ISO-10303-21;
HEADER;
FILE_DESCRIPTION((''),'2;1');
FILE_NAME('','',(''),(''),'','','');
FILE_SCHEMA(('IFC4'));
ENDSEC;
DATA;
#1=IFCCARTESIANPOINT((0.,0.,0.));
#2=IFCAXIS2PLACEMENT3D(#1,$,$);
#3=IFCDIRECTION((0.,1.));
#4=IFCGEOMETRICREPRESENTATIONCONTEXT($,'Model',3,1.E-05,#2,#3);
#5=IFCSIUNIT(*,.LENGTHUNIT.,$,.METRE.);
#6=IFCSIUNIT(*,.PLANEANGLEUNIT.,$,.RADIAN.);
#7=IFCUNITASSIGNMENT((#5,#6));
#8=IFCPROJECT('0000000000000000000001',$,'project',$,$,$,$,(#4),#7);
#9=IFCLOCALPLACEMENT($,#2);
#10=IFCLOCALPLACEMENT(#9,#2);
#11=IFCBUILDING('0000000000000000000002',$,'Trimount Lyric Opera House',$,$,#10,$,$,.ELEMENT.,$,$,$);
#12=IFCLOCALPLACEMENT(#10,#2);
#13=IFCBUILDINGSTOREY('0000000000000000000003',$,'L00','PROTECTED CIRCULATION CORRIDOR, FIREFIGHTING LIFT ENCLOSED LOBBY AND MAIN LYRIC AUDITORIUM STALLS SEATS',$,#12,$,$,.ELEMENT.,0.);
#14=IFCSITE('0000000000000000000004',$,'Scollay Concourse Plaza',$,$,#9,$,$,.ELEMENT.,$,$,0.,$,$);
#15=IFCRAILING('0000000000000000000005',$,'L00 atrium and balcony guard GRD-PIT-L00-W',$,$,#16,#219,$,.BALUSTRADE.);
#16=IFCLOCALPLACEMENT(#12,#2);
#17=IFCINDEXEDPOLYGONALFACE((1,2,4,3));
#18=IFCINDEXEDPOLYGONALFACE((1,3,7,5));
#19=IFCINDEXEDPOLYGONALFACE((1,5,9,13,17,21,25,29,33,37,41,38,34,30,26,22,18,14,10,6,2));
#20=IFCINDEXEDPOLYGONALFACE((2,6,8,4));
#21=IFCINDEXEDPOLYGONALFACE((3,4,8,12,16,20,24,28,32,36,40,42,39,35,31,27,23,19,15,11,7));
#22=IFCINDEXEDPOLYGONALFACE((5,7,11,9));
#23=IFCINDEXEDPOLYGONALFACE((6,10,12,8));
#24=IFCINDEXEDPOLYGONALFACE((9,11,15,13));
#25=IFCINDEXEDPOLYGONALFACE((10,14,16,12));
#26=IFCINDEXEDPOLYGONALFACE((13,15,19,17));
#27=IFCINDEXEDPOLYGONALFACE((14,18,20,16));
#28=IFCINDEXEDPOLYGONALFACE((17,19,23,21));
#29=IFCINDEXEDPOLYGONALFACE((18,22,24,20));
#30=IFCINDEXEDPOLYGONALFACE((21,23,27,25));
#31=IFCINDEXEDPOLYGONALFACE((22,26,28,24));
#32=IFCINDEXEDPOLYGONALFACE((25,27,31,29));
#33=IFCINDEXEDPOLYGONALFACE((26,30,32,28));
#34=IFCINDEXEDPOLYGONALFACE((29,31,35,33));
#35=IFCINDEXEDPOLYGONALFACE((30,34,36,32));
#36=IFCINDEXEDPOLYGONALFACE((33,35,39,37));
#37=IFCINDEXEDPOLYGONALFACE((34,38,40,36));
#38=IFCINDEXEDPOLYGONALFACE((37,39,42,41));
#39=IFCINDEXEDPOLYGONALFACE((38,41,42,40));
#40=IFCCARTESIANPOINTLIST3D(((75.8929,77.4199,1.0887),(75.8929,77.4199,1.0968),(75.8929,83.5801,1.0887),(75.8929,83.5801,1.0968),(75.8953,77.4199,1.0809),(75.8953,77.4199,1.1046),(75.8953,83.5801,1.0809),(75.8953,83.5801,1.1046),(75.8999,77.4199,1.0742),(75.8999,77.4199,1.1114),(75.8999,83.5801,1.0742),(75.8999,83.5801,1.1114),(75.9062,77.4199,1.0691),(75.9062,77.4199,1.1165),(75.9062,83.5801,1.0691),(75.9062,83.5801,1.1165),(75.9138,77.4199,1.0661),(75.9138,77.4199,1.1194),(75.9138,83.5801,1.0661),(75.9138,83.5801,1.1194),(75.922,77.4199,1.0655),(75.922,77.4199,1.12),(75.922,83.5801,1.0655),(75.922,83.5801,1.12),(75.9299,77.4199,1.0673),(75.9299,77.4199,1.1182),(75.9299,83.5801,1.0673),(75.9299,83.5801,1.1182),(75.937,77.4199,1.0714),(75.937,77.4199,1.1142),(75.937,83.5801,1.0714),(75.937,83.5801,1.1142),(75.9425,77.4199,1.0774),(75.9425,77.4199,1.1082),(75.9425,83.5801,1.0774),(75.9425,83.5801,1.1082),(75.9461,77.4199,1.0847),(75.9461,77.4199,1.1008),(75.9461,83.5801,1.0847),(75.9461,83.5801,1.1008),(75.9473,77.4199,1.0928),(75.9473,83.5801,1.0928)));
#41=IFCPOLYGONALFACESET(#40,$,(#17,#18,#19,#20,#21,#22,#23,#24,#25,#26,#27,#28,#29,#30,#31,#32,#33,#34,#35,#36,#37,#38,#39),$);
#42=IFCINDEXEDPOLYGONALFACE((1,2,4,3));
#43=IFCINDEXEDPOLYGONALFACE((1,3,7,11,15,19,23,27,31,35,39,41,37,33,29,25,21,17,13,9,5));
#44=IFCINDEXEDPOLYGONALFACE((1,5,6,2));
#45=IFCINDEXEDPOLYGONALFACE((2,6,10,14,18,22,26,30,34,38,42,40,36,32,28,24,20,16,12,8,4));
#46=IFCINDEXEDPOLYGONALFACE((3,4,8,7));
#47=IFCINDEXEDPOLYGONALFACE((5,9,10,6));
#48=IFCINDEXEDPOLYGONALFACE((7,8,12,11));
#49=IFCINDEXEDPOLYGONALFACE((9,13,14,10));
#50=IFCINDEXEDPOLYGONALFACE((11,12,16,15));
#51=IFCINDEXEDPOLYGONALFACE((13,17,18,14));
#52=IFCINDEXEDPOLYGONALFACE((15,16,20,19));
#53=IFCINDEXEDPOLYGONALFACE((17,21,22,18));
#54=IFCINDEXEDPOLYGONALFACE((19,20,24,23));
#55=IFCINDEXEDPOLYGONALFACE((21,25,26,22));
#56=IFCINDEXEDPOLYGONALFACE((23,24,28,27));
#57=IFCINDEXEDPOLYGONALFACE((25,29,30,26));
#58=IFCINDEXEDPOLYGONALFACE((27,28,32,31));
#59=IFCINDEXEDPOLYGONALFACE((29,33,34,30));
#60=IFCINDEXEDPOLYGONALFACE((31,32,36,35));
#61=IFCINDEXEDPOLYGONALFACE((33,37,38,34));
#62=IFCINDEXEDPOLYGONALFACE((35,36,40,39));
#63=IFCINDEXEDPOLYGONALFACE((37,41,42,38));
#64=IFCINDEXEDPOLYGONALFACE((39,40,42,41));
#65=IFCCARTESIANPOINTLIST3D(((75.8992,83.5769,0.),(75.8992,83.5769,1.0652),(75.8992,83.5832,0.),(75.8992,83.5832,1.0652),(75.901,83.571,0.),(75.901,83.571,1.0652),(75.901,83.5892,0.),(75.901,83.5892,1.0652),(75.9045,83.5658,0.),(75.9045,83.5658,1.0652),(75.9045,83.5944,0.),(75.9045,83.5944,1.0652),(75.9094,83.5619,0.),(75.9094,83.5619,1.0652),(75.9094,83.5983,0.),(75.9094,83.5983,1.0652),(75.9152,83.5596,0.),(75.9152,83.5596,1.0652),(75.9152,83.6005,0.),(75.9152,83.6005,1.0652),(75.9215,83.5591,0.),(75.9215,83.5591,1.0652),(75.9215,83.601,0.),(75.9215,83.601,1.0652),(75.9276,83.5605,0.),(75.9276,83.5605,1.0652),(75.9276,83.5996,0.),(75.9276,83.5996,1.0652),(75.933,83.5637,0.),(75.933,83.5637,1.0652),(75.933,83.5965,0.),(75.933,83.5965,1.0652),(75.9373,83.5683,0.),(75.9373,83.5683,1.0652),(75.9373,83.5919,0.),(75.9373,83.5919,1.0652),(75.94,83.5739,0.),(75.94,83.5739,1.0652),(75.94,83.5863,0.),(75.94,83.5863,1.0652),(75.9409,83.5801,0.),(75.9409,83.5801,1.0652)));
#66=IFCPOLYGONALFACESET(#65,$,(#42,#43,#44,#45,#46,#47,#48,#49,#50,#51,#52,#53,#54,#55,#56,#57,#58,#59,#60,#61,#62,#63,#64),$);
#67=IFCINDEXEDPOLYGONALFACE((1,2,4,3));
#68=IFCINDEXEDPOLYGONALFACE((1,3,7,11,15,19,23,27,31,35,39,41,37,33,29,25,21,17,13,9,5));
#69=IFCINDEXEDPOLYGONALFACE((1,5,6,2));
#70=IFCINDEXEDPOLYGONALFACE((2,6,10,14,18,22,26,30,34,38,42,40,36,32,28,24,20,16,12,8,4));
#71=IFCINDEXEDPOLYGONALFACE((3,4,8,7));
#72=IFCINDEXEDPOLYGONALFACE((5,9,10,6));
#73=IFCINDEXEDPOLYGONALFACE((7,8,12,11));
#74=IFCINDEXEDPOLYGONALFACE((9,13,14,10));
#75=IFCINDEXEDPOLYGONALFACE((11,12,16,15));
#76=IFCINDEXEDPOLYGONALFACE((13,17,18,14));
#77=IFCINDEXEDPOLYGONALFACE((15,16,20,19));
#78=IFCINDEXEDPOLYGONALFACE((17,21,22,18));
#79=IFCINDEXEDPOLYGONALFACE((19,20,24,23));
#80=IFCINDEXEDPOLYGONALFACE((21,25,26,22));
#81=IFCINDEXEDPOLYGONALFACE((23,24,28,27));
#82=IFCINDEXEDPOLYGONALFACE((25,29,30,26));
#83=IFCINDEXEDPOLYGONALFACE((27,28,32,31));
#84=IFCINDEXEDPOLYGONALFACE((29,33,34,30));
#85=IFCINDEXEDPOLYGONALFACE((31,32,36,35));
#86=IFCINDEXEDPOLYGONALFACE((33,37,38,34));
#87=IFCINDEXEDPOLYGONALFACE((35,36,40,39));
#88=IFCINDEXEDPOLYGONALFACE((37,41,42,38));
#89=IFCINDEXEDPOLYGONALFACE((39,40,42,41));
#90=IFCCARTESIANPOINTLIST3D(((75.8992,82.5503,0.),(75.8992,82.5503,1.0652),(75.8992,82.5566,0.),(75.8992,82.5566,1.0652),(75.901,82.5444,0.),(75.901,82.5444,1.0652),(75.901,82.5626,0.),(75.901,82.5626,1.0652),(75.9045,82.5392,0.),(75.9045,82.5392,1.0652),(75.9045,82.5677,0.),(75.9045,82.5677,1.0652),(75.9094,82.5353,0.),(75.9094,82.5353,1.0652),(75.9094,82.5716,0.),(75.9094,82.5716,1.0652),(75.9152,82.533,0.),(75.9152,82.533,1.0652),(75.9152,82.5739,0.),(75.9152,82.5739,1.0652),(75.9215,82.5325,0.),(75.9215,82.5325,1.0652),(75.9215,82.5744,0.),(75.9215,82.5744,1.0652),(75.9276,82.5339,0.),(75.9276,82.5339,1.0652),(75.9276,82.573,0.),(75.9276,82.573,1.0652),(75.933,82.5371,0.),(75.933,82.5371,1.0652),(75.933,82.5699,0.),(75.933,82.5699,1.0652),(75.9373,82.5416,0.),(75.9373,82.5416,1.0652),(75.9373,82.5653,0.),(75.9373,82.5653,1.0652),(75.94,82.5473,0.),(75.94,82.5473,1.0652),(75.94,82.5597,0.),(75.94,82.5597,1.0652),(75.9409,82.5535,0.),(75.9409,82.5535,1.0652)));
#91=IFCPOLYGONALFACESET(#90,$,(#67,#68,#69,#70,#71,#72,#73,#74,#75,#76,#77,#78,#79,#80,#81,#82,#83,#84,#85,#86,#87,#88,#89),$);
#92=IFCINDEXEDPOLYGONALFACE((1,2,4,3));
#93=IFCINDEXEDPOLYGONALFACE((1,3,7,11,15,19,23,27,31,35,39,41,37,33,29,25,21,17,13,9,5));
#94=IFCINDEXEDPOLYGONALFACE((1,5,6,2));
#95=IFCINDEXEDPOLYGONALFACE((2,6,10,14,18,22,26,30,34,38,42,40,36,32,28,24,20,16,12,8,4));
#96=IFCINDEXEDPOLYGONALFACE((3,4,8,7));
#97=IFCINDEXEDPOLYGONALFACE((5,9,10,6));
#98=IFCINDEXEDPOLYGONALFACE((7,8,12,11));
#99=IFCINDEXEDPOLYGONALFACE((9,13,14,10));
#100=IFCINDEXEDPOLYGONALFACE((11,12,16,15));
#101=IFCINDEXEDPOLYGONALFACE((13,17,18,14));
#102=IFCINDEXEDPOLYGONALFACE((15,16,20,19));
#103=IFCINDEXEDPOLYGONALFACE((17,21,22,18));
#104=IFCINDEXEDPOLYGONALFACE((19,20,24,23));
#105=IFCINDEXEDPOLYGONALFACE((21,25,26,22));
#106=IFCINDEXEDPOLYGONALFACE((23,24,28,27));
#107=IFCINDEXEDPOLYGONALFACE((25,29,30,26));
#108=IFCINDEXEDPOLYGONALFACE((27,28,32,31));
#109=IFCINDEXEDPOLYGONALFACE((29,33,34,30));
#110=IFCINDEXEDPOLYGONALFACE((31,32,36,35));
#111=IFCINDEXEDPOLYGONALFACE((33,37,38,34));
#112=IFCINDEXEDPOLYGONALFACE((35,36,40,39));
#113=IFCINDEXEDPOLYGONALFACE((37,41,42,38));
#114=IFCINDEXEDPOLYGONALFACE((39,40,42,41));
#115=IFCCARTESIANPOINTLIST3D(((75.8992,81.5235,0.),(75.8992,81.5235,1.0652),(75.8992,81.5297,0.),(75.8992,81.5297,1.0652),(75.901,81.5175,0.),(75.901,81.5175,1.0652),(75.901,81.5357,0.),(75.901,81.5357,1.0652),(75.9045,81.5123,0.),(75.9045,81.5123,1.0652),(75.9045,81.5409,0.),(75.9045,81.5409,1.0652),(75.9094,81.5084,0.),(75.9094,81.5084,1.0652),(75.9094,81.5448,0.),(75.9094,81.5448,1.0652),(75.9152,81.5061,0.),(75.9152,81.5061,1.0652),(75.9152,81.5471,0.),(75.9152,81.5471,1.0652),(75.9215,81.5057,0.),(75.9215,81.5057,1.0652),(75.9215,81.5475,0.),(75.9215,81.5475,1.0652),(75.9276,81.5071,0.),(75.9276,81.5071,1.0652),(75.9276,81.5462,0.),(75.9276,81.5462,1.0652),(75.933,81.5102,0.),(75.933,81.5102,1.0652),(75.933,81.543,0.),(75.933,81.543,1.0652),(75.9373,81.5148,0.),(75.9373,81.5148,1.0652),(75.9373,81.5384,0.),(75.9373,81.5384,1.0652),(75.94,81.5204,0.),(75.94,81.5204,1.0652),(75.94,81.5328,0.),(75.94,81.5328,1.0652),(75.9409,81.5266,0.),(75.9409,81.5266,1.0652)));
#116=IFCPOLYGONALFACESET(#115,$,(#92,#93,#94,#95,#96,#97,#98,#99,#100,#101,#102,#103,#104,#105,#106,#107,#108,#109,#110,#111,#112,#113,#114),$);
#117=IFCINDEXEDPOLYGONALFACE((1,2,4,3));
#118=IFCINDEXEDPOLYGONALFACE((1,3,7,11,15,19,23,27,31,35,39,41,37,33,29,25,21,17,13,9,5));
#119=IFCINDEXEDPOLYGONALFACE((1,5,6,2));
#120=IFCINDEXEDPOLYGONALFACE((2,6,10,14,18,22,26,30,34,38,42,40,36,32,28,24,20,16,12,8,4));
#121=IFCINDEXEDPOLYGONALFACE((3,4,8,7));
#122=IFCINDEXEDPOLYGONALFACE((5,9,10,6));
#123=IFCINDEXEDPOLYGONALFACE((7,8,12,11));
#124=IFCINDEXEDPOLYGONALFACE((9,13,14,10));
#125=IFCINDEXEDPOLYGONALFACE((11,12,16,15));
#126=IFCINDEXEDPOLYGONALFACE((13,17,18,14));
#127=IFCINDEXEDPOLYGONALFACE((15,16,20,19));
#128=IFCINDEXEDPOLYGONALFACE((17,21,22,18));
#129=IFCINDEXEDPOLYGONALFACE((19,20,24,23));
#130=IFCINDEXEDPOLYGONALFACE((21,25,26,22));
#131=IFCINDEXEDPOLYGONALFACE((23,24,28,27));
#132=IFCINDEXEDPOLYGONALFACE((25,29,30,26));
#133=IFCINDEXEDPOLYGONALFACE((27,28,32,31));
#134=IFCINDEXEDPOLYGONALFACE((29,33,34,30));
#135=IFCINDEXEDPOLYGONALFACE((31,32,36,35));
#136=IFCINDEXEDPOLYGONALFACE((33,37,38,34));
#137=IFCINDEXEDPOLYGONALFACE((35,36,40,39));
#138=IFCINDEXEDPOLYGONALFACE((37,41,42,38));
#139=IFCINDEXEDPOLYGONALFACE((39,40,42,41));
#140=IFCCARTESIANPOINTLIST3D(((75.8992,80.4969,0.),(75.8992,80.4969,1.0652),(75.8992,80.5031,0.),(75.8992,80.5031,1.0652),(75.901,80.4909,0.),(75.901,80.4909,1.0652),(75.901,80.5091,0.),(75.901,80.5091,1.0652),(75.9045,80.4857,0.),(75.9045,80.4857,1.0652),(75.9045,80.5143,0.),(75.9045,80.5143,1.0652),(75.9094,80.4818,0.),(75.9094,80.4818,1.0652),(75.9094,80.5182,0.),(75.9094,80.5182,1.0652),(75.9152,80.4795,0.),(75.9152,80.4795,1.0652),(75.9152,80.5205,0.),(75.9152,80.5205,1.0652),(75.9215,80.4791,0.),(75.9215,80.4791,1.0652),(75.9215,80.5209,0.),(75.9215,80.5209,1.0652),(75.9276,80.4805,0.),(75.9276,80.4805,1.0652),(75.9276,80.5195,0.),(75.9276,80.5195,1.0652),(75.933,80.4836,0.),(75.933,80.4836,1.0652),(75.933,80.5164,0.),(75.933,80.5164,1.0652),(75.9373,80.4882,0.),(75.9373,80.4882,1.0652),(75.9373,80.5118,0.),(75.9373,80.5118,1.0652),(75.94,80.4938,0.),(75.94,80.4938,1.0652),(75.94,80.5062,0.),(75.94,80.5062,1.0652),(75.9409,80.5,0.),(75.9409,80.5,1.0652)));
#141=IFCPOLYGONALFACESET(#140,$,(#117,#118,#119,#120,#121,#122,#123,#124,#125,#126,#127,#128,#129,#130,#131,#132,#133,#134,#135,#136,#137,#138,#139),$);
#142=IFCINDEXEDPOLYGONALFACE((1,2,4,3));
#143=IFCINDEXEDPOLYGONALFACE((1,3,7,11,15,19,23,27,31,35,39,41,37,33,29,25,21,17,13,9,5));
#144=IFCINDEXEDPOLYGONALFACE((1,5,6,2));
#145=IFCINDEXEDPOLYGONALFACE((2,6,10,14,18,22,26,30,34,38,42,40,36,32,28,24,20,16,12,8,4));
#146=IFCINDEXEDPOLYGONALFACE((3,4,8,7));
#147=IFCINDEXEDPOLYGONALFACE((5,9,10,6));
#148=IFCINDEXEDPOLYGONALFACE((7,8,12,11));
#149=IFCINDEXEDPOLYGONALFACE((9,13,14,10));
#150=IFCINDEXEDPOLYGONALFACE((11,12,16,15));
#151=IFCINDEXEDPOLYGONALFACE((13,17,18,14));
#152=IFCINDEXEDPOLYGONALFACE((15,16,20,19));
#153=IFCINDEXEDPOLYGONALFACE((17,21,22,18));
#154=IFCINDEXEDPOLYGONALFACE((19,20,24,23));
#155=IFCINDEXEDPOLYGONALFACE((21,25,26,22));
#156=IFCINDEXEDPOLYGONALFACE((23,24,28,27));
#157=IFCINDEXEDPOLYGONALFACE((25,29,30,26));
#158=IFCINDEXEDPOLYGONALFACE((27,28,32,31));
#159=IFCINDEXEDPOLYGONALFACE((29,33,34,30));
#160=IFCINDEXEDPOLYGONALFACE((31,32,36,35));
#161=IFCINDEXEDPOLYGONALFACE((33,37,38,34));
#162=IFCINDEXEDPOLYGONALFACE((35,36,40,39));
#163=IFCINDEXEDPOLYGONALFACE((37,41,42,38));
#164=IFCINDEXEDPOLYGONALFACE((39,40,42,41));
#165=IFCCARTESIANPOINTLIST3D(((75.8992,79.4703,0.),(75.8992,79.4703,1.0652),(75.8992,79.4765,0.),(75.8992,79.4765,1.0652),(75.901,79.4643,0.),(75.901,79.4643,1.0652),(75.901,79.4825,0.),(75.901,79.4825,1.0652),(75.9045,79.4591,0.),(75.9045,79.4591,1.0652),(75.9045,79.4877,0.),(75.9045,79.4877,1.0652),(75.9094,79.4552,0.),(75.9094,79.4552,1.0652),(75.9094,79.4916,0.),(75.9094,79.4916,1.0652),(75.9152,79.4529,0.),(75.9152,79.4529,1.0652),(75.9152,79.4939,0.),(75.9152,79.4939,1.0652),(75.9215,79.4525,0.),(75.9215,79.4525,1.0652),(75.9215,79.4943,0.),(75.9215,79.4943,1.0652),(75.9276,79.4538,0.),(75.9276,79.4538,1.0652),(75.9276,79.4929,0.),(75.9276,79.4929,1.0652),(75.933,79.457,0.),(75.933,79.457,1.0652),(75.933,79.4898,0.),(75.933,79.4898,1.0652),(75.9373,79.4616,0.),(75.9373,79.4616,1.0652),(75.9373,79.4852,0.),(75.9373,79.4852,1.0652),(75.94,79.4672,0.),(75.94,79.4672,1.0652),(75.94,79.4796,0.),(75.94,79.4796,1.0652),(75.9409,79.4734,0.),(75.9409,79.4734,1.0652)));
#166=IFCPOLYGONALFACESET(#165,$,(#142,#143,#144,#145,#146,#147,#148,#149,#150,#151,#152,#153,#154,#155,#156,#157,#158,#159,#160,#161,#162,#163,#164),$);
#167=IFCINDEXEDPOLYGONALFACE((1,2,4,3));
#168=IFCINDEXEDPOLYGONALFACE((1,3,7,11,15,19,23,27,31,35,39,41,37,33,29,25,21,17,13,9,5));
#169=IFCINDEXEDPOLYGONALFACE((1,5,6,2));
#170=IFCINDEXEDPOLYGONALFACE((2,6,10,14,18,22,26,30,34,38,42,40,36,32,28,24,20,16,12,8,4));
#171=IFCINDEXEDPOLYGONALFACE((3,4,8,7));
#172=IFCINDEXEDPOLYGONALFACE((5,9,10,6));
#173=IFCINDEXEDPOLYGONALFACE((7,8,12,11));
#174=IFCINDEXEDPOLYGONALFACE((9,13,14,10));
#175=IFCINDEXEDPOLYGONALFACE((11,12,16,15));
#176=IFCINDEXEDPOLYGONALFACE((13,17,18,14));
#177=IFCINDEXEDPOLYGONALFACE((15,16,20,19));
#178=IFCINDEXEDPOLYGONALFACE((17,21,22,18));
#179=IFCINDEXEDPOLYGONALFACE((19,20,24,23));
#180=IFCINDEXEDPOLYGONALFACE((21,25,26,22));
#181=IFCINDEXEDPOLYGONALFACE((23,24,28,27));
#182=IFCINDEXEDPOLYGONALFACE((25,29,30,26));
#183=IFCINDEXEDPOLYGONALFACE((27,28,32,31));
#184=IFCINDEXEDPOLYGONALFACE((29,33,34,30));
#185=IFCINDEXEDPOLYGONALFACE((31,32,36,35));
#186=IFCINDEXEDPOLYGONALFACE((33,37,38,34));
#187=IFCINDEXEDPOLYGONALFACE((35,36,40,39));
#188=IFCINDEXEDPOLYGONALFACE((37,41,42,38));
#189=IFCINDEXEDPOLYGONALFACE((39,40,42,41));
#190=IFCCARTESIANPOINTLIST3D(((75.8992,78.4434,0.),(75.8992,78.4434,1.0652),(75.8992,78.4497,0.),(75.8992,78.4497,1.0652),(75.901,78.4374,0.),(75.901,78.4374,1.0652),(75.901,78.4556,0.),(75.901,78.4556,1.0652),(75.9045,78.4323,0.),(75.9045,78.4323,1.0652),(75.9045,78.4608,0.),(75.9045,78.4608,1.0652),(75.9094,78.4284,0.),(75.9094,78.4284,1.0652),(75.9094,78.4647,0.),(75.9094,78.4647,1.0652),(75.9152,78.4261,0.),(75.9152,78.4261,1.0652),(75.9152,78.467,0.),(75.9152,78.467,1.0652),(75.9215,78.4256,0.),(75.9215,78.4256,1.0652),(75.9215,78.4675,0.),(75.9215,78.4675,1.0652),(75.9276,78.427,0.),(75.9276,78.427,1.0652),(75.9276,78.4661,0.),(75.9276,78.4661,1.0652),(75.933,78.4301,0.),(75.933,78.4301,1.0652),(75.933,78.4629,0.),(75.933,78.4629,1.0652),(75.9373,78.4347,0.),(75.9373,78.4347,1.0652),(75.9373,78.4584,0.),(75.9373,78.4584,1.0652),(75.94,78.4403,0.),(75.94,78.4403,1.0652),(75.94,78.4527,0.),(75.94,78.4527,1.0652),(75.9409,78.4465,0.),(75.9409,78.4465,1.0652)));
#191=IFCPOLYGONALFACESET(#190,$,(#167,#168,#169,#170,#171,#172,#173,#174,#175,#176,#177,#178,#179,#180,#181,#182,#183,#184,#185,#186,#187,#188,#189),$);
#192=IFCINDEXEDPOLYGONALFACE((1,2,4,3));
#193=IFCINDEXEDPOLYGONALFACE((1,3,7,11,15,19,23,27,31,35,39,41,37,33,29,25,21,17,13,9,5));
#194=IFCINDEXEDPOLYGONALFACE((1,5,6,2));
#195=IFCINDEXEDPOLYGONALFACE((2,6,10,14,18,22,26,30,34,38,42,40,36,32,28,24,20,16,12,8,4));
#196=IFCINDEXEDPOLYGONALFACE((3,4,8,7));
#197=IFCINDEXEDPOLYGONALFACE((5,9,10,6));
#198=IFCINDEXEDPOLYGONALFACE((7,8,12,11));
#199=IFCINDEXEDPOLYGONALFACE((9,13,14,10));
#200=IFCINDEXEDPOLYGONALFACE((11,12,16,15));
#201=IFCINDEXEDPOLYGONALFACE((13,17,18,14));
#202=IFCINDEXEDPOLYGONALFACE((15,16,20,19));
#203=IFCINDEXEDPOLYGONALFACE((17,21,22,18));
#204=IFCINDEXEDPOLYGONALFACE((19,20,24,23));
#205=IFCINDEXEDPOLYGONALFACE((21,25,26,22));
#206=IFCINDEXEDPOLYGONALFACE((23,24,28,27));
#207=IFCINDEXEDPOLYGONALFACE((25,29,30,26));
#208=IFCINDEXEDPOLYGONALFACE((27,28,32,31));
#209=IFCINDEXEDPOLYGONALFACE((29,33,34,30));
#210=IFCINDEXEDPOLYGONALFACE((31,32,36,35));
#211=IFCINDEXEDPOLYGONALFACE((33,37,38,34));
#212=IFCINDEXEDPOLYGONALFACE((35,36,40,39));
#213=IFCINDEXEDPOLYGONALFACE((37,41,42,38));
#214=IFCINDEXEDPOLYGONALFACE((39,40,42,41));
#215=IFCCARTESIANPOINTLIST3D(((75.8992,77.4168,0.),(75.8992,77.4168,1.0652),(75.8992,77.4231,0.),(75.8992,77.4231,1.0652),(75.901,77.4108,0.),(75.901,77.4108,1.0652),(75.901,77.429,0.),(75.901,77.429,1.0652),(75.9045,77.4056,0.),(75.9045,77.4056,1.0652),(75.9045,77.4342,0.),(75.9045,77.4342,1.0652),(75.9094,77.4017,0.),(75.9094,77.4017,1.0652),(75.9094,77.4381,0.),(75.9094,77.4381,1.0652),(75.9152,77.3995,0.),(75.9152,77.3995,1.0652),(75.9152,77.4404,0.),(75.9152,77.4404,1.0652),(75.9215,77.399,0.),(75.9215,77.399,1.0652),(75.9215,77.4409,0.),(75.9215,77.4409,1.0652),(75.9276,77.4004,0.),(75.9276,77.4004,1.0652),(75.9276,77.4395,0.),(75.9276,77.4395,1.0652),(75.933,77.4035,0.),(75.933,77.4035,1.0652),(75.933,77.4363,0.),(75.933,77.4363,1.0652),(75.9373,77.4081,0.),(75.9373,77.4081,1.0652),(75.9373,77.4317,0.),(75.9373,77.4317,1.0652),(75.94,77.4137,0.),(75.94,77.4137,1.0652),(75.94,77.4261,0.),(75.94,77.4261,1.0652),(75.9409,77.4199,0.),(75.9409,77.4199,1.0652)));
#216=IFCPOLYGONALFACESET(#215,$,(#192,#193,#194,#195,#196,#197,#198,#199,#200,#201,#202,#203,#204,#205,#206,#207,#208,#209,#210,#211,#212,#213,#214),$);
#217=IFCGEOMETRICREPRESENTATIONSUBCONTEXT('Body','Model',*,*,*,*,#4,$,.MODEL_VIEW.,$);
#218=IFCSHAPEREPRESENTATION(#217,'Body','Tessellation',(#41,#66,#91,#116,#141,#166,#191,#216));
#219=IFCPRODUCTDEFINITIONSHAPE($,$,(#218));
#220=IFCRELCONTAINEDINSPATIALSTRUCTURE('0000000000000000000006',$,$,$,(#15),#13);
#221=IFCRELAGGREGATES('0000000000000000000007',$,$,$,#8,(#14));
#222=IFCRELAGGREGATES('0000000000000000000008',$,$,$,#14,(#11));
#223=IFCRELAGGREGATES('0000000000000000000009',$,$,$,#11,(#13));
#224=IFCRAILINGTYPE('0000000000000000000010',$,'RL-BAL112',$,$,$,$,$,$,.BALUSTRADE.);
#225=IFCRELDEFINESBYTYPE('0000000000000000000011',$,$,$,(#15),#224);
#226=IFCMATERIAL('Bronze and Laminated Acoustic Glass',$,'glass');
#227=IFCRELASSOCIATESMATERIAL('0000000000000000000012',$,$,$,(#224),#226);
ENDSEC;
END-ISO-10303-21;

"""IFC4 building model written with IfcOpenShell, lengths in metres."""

from ifc_helpers import new_model, si_unit, direction, frame, origin, origin_2d, place, context, subcontext, project, spatial, circle, extrude, material, type_object, element, save


model = new_model("IFC4")

# Units and contexts
model_context = context("Model", 3, precision=1e-05, world=origin(), true_north=direction((0.0, 1.0)))
body_context = subcontext(model_context, "Body", "Model", "MODEL_VIEW")
ifc_project = project(units=[si_unit("LENGTHUNIT", "METRE"), si_unit("PLANEANGLEUNIT", "RADIAN")], contexts=[model_context])

# Site, building, storey
site_placement = place(None, origin())
site = spatial("IfcSite", under=ifc_project, at=site_placement, Name="Scollay Concourse Plaza", CompositionType="ELEMENT", RefElevation=0.0)
building_placement = place(site_placement, origin())
building = spatial("IfcBuilding", under=site, at=building_placement, Name="Trimount Lyric Opera House", CompositionType="ELEMENT")
storey_placement = place(building_placement, origin())
storey = spatial("IfcBuildingStorey", under=building, at=storey_placement, Name="L00", Description="PROTECTED CIRCULATION CORRIDOR, FIREFIGHTING LIFT ENCLOSED LOBBY AND MAIN LYRIC AUDITORIUM STALLS SEATS", CompositionType="ELEMENT", Elevation=0.0)

# Railing
ifc_material_1 = material(Name="Bronze and Laminated Acoustic Glass", Category="glass")
railing_type = type_object("IfcRailingType", Name="RL-BAL112", PredefinedType="BALUSTRADE", material=ifc_material_1)
railing_1_placement = place(storey_placement, frame((75.9199, 83.5801, 0.0)))
element("IfcRailing", 1, at=railing_1_placement, inside=storey, type_object=railing_type, Name="L00 atrium and balcony guard GRD-PIT-L00-W", PredefinedType="BALUSTRADE", context=body_context, shape_type="SweptSolid", body=[
    extrude(circle(Radius=0.0273, at=origin_2d()), frame((0.0, 0.0, 1.0928), z_axis=(0.0, -1.0, 0.0), x_axis=(1.0, 0.0, 0.0)), (0.0, 0.0, 1.0), 6.1602),
    extrude(circle(Radius=0.021, at=origin_2d()), origin(), (0.0, 0.0, 1.0), 1.0652),
    extrude(circle(Radius=0.021, at=origin_2d()), frame((0.0, -1.0266, 0.0)), (0.0, 0.0, 1.0), 1.0652),
    extrude(circle(Radius=0.021, at=origin_2d()), frame((0.0, -2.0535, 0.0)), (0.0, 0.0, 1.0), 1.0652),
    extrude(circle(Radius=0.021, at=origin_2d()), frame((0.0, -3.0801, 0.0)), (0.0, 0.0, 1.0), 1.0652),
    extrude(circle(Radius=0.021, at=origin_2d()), frame((0.0, -4.1067, 0.0)), (0.0, 0.0, 1.0), 1.0652),
    extrude(circle(Radius=0.021, at=origin_2d()), frame((0.0, -5.1335, 0.0)), (0.0, 0.0, 1.0), 1.0652),
    extrude(circle(Radius=0.021, at=origin_2d()), frame((0.0, -6.1602, 0.0)), (0.0, 0.0, 1.0), 1.0652),
])

save(model, "model.ifc")
